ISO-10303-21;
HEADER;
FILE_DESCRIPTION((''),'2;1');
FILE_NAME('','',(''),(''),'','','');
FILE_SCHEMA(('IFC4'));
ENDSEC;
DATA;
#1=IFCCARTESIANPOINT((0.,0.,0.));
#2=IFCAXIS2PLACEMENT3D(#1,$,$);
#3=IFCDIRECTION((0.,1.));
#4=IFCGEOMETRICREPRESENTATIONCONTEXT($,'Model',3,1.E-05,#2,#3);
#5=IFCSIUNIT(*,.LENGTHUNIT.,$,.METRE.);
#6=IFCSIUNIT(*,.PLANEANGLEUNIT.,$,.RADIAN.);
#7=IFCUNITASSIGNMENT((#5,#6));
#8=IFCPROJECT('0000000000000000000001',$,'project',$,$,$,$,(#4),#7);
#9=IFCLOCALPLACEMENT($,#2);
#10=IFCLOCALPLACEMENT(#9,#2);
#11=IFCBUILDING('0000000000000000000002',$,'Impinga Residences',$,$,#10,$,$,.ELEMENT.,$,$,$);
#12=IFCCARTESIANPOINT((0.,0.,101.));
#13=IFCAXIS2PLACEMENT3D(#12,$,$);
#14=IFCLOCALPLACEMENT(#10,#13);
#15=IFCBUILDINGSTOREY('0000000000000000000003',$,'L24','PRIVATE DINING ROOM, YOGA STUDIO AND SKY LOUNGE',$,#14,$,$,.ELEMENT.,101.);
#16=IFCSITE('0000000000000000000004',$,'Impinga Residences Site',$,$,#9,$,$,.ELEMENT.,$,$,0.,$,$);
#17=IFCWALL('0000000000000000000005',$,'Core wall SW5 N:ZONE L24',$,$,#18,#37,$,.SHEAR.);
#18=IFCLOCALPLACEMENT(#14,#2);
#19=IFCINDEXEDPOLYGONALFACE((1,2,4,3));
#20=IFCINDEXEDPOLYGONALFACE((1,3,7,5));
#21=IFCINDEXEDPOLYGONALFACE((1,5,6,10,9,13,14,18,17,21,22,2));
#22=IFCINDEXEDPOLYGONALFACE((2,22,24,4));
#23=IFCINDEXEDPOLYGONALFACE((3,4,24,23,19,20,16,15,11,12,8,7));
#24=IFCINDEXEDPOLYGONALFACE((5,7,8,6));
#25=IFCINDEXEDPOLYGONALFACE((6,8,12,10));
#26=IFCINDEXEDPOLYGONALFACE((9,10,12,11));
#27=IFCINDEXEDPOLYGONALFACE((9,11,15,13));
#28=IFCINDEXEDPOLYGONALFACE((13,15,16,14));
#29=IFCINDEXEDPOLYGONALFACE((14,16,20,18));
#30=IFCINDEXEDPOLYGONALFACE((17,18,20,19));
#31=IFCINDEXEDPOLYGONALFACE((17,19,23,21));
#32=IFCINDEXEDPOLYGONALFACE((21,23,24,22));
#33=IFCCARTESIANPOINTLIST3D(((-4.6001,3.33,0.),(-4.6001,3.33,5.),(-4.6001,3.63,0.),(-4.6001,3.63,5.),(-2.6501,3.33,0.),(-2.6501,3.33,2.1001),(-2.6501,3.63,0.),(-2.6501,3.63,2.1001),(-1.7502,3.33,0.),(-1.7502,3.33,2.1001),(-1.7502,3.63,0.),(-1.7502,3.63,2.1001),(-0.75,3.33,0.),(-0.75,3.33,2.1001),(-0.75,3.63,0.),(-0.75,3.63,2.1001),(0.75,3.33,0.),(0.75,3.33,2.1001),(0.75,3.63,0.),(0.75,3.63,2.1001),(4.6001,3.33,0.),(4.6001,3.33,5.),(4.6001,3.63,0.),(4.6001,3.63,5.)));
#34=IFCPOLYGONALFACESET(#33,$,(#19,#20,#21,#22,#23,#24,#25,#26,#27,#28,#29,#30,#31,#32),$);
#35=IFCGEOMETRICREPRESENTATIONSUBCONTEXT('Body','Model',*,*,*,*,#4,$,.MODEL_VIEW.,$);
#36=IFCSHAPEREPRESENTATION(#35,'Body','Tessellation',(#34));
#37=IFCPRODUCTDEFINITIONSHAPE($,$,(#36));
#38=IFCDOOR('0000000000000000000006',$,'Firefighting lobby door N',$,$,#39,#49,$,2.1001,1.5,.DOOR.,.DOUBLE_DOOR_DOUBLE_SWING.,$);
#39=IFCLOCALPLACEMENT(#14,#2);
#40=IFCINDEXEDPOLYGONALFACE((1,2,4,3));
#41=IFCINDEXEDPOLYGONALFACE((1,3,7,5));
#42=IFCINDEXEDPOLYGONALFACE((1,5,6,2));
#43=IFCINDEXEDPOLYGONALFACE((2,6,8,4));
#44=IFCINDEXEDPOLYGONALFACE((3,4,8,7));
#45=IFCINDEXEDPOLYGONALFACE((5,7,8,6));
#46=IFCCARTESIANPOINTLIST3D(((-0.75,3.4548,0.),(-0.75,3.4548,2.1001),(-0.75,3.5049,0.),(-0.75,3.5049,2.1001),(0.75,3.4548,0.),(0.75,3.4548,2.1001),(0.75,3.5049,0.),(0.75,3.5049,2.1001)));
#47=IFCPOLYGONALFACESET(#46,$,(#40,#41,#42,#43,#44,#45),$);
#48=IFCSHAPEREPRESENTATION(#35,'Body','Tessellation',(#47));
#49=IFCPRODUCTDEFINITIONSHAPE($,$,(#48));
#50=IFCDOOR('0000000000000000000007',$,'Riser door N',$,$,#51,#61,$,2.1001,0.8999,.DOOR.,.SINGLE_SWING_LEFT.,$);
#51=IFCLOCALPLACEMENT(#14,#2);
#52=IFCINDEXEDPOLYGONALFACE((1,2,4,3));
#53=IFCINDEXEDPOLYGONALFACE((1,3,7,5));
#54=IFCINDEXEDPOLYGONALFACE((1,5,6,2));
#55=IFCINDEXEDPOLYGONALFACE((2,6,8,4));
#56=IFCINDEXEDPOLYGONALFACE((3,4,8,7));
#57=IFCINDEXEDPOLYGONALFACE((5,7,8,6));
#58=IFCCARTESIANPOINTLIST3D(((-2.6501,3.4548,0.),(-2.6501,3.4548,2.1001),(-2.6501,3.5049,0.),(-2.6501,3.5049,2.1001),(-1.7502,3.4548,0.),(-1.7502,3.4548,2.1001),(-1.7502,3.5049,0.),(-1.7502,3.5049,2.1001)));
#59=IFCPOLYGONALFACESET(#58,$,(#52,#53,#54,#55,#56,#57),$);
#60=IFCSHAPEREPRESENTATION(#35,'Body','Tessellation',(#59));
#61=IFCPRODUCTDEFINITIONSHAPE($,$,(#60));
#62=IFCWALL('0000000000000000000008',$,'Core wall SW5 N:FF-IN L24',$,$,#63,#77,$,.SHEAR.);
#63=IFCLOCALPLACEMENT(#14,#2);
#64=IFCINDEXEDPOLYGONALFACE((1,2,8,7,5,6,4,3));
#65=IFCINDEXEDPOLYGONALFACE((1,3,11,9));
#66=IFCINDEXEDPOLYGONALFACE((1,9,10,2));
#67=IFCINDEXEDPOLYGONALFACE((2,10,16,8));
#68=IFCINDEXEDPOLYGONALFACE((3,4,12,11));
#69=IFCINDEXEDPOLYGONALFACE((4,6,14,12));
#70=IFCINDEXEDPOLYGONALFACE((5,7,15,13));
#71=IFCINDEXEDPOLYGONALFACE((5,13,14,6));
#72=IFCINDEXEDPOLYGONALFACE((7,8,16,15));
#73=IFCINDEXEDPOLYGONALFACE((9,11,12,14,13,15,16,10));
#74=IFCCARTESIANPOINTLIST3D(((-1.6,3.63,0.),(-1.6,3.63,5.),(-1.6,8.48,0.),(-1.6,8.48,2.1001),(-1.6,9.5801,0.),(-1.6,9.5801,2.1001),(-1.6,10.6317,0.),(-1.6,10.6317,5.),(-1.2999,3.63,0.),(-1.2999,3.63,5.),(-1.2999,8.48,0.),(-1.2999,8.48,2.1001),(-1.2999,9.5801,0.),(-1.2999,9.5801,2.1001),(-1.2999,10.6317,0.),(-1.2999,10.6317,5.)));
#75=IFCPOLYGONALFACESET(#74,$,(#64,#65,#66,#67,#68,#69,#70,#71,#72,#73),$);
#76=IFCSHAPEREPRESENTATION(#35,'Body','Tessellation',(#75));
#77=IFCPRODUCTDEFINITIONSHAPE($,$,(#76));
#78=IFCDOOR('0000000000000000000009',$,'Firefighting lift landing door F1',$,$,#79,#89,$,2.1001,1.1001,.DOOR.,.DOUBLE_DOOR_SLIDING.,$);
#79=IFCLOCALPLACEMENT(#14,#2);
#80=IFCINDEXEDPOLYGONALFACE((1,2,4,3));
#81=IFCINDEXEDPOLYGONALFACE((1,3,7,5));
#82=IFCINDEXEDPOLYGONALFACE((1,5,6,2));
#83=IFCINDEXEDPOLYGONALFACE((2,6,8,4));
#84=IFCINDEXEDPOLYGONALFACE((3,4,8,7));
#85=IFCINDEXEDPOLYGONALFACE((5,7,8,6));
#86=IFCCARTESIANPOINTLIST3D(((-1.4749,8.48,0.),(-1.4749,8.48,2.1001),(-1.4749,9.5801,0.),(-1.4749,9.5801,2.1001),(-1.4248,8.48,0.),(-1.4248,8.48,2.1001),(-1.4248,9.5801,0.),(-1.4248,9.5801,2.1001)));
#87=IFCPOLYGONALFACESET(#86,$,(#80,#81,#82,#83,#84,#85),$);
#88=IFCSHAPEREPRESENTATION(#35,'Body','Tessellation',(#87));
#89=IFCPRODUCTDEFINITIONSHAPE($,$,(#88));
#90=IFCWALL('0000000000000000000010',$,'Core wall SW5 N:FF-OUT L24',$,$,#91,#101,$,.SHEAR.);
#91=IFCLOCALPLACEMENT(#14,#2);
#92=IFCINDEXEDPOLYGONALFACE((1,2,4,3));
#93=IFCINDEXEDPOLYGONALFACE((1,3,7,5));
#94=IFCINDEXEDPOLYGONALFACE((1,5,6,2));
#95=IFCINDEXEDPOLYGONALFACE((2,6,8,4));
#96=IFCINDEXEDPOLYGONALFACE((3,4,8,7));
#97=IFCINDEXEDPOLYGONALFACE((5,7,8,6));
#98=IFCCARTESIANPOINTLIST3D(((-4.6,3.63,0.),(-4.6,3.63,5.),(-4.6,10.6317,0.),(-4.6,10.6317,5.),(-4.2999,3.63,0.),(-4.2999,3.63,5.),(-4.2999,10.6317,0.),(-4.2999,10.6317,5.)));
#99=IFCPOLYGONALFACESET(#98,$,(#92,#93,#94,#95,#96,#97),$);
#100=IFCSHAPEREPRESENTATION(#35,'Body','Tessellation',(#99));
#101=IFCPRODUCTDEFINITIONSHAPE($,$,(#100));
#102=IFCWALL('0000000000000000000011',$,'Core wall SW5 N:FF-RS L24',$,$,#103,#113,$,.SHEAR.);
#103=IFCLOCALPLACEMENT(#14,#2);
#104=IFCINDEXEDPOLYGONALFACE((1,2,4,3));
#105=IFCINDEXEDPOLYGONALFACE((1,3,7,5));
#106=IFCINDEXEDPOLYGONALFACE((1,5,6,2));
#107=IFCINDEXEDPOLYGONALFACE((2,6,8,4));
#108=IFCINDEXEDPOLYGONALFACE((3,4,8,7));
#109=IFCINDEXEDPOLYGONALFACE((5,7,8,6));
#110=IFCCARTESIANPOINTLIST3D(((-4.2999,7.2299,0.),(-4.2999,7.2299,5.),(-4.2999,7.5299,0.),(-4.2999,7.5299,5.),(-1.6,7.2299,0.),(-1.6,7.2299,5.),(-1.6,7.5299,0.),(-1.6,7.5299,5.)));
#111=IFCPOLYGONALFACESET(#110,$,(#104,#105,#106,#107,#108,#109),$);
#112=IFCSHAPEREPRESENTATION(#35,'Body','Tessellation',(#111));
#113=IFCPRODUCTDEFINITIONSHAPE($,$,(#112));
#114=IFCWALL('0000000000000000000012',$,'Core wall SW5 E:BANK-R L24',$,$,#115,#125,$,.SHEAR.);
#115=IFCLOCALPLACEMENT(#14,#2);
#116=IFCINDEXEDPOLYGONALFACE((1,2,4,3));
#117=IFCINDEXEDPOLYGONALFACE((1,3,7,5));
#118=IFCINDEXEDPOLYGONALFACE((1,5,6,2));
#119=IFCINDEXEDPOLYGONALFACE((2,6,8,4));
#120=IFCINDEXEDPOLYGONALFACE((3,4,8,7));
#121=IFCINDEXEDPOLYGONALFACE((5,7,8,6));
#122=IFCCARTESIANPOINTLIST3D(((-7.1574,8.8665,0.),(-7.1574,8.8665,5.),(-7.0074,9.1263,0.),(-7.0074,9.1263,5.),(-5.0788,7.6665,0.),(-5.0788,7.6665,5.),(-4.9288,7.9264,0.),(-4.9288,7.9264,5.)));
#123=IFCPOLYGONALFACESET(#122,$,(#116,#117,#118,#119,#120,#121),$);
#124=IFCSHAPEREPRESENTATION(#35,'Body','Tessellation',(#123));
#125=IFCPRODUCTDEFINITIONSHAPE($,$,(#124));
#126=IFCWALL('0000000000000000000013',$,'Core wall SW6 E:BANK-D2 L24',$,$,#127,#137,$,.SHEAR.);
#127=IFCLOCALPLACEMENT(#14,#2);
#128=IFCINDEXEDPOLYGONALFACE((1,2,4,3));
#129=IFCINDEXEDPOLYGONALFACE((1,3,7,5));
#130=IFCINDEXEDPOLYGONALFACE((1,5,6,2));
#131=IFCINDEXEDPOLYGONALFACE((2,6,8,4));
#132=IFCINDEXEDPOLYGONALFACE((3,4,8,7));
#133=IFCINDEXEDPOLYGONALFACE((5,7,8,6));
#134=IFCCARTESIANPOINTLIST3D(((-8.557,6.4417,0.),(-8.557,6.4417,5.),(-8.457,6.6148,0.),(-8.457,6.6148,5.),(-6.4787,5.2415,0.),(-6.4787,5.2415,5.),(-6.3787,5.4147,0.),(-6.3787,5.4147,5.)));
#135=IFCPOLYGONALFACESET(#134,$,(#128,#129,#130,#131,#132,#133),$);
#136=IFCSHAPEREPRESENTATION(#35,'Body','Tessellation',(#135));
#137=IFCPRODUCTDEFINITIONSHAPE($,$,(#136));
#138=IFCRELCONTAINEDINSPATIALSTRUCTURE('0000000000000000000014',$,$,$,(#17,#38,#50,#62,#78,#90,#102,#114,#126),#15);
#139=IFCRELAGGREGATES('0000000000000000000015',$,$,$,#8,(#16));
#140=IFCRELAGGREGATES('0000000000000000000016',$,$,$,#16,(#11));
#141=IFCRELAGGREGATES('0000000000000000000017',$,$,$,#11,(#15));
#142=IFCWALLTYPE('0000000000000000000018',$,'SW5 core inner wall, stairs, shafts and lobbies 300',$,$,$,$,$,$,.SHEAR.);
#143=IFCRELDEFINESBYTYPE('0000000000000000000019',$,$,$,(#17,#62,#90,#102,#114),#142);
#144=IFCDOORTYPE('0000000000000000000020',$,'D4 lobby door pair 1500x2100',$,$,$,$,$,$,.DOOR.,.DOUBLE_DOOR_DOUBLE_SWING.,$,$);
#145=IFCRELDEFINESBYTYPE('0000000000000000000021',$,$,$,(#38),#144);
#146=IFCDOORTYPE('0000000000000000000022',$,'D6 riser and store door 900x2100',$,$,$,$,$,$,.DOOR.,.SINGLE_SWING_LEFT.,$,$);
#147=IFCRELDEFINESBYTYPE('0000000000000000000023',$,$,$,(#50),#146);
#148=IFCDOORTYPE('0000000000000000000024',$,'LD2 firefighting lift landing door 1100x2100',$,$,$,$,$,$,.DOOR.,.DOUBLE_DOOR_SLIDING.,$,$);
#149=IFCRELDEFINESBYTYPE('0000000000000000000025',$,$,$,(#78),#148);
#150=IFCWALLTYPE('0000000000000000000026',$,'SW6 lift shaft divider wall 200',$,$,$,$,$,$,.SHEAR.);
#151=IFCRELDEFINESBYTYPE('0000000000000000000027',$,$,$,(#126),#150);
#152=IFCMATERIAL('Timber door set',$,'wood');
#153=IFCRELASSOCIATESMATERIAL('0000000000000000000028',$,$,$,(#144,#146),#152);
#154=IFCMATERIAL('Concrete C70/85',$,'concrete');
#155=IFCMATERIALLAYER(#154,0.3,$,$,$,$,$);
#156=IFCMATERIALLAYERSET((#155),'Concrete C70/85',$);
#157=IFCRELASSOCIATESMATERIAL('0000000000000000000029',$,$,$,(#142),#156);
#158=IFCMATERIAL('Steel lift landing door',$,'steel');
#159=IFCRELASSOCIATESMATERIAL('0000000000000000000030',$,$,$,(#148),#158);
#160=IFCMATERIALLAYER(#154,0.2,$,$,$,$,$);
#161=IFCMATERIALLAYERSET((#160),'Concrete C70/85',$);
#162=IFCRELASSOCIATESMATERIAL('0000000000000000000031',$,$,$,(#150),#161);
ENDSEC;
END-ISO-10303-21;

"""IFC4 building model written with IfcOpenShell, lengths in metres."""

from ifc_helpers import new_model, si_unit, direction, frame, frame_2d, origin, place, context, subcontext, project, spatial, rectangle, extrude, material, layer, layer_set, type_object, element, fill, save


model = new_model("IFC4")

# Units and contexts
model_context = context("Model", 3, precision=1e-05, world=origin(), true_north=direction((0.0, 1.0)))
body_context = subcontext(model_context, "Body", "Model", "MODEL_VIEW")
ifc_project = project(units=[si_unit("LENGTHUNIT", "METRE"), si_unit("PLANEANGLEUNIT", "RADIAN")], contexts=[model_context])

# Site, building, storey
site_placement = place(None, origin())
site = spatial("IfcSite", under=ifc_project, at=site_placement, Name="Impinga Residences Site", CompositionType="ELEMENT", RefElevation=0.0)
building_placement = place(site_placement, origin())
building = spatial("IfcBuilding", under=site, at=building_placement, Name="Impinga Residences", CompositionType="ELEMENT")
storey_placement = place(building_placement, frame((0.0, 0.0, 101.0)))
storey = spatial("IfcBuildingStorey", under=building, at=storey_placement, Name="L24", Description="PRIVATE DINING ROOM, YOGA STUDIO AND SKY LOUNGE", CompositionType="ELEMENT", Elevation=101.0)

# Shared definitions
ifc_material_1 = material(Name="Timber door set", Category="wood")

# Shared definitions
door_type_1 = type_object("IfcDoorType", Name="D4 lobby door pair 1500x2100", OperationType="DOUBLE_DOOR_DOUBLE_SWING", PredefinedType="DOOR", material=ifc_material_1)

# Wall, openings, doors
ifc_material_2 = material(Name="Concrete C70/85", Category="concrete")
ifc_layer_1 = layer(ifc_material_2, 0.3)
ifc_layer_set_1 = layer_set([ifc_layer_1], Name="Concrete C70/85")
wall_type_1 = type_object("IfcWallType", Name="SW5 core inner wall, stairs, shafts and lobbies 300", PredefinedType="SHEAR", material=ifc_layer_set_1)
wall_1_placement = place(storey_placement, frame((-4.6001, 3.48, 0.0), z_axis=(0.0, 0.0, 1.0), x_axis=(1.0, 0.0, 0.0)))
wall_1 = element("IfcWall", 1, at=wall_1_placement, inside=storey, type_object=wall_type_1, Name="Core wall SW5 N:ZONE L24", PredefinedType="SHEAR", context=body_context, shape_type="SweptSolid", body=[
    extrude(rectangle(XDim=9.2002, YDim=0.3, at=frame_2d((4.6001, 0.0))), origin(), (0.0, 0.0, 1.0), 5.0),
])
opening_1_placement = place(wall_1_placement, frame((3.8501, 0.0, 0.0)))
opening_1 = element("IfcOpeningElement", 2, at=opening_1_placement, cuts=wall_1, PredefinedType="OPENING", context=body_context, shape_type="SweptSolid", body=[
    extrude(rectangle(XDim=1.5, YDim=2.1001, at=frame_2d((0.75, 1.05))), frame((0.0, 0.1599, 0.0), z_axis=(0.0, -1.0, 0.0), x_axis=(1.0, 0.0, 0.0)), (0.0, 0.0, 1.0), 0.3201),
])
opening_2_placement = place(wall_1_placement, frame((1.95, 0.0, 0.0)))
opening_2 = element("IfcOpeningElement", 3, at=opening_2_placement, cuts=wall_1, PredefinedType="OPENING", context=body_context, shape_type="SweptSolid", body=[
    extrude(rectangle(XDim=0.8999, YDim=2.1001, at=frame_2d((0.45, 1.05))), frame((0.0, 0.1599, 0.0), z_axis=(0.0, -1.0, 0.0), x_axis=(1.0, 0.0, 0.0)), (0.0, 0.0, 1.0), 0.3201),
])
door_1_placement = place(opening_1_placement, origin())
door_1 = element("IfcDoor", 4, at=door_1_placement, inside=storey, type_object=door_type_1, Name="Firefighting lobby door N", OperationType="DOUBLE_DOOR_DOUBLE_SWING", OverallHeight=2.1001, OverallWidth=1.5, PredefinedType="DOOR", context=body_context, shape_type="SweptSolid", body=[
    extrude(rectangle(XDim=1.5, YDim=2.1001, at=frame_2d((0.75, 1.05))), frame((0.0, 0.0249, 0.0), z_axis=(0.0, -1.0, 0.0), x_axis=(1.0, 0.0, 0.0)), (0.0, 0.0, 1.0), 0.05),
])
fill(opening_1, door_1)
door_type_2 = type_object("IfcDoorType", Name="D6 riser and store door 900x2100", OperationType="SINGLE_SWING_LEFT", PredefinedType="DOOR", material=ifc_material_1)
door_2_placement = place(opening_2_placement, origin())
door_2 = element("IfcDoor", 5, at=door_2_placement, inside=storey, type_object=door_type_2, Name="Riser door N", OperationType="SINGLE_SWING_LEFT", OverallHeight=2.1001, OverallWidth=0.8999, PredefinedType="DOOR", context=body_context, shape_type="SweptSolid", body=[
    extrude(rectangle(XDim=0.8999, YDim=2.1001, at=frame_2d((0.45, 1.05))), frame((0.0, 0.0249, 0.0), z_axis=(0.0, -1.0, 0.0), x_axis=(1.0, 0.0, 0.0)), (0.0, 0.0, 1.0), 0.05),
])
fill(opening_2, door_2)

# Wall, opening, door
wall_2_placement = place(storey_placement, frame((-1.45, 3.6299, 0.0), z_axis=(0.0, 0.0, 1.0), x_axis=(0.0, 1.0, 0.0)))
wall_2 = element("IfcWall", 6, at=wall_2_placement, inside=storey, type_object=wall_type_1, Name="Core wall SW5 N:FF-IN L24", PredefinedType="SHEAR", context=body_context, shape_type="SweptSolid", body=[
    extrude(rectangle(XDim=7.0017, YDim=0.3, at=frame_2d((3.501, 0.0))), origin(), (0.0, 0.0, 1.0), 5.0),
])
opening_3_placement = place(wall_2_placement, frame((4.8501, 0.0, 0.0)))
opening_3 = element("IfcOpeningElement", 7, at=opening_3_placement, cuts=wall_2, PredefinedType="OPENING", context=body_context, shape_type="SweptSolid", body=[
    extrude(rectangle(XDim=1.1001, YDim=2.1001, at=frame_2d((0.55, 1.05))), frame((0.0, 0.1599, 0.0), z_axis=(0.0, -1.0, 0.0), x_axis=(1.0, 0.0, 0.0)), (0.0, 0.0, 1.0), 0.3201),
])
ifc_material_3 = material(Name="Steel lift landing door", Category="steel")
door_type_3 = type_object("IfcDoorType", Name="LD2 firefighting lift landing door 1100x2100", OperationType="DOUBLE_DOOR_SLIDING", PredefinedType="DOOR", material=ifc_material_3)
door_3_placement = place(opening_3_placement, origin())
door_3 = element("IfcDoor", 8, at=door_3_placement, inside=storey, type_object=door_type_3, Name="Firefighting lift landing door F1", OperationType="DOUBLE_DOOR_SLIDING", OverallHeight=2.1001, OverallWidth=1.1001, PredefinedType="DOOR", context=body_context, shape_type="SweptSolid", body=[
    extrude(rectangle(XDim=1.1001, YDim=2.1001, at=frame_2d((0.55, 1.05))), frame((0.0, 0.0249, 0.0), z_axis=(0.0, -1.0, 0.0), x_axis=(1.0, 0.0, 0.0)), (0.0, 0.0, 1.0), 0.05),
])
fill(opening_3, door_3)

# Walls
wall_3_placement = place(storey_placement, frame((-4.45, 3.6299, 0.0), z_axis=(0.0, 0.0, 1.0), x_axis=(0.0, 1.0, 0.0)))
element("IfcWall", 9, at=wall_3_placement, inside=storey, type_object=wall_type_1, Name="Core wall SW5 N:FF-OUT L24", PredefinedType="SHEAR", context=body_context, shape_type="SweptSolid", body=[
    extrude(rectangle(XDim=7.0017, YDim=0.3, at=frame_2d((3.501, 0.0))), origin(), (0.0, 0.0, 1.0), 5.0),
])
wall_4_placement = place(storey_placement, frame((-4.3, 7.3799, 0.0), z_axis=(0.0, 0.0, 1.0), x_axis=(1.0, 0.0, 0.0)))
element("IfcWall", 10, at=wall_4_placement, inside=storey, type_object=wall_type_1, Name="Core wall SW5 N:FF-RS L24", PredefinedType="SHEAR", context=body_context, shape_type="SweptSolid", body=[
    extrude(rectangle(XDim=2.7, YDim=0.3, at=frame_2d((1.3501, 0.0))), origin(), (0.0, 0.0, 1.0), 5.0),
])
wall_5_placement = place(storey_placement, frame((-5.0037, 7.7964, 0.0), z_axis=(0.0, 0.0, 1.0), x_axis=(-0.86605, 0.499957, 0.0)))
element("IfcWall", 11, at=wall_5_placement, inside=storey, type_object=wall_type_1, Name="Core wall SW5 E:BANK-R L24", PredefinedType="SHEAR", context=body_context, shape_type="SweptSolid", body=[
    extrude(rectangle(XDim=2.4001, YDim=0.3, at=frame_2d((1.2002, 0.0))), origin(), (0.0, 0.0, 1.0), 5.0),
])
ifc_layer_2 = layer(ifc_material_2, 0.2)
ifc_layer_set_2 = layer_set([ifc_layer_2], Name="Concrete C70/85")
wall_type_2 = type_object("IfcWallType", Name="SW6 lift shaft divider wall 200", PredefinedType="SHEAR", material=ifc_layer_set_2)
wall_6_placement = place(storey_placement, frame((-6.4287, 5.3281, 0.0), z_axis=(0.0, 0.0, 1.0), x_axis=(-0.865981, 0.500078, 0.0)))
element("IfcWall", 12, at=wall_6_placement, inside=storey, type_object=wall_type_2, Name="Core wall SW6 E:BANK-D2 L24", PredefinedType="SHEAR", context=body_context, shape_type="SweptSolid", body=[
    extrude(rectangle(XDim=2.3999, YDim=0.2, at=frame_2d((1.2, 0.0))), origin(), (0.0, 0.0, 1.0), 5.0),
])

save(model, "model.ifc")
